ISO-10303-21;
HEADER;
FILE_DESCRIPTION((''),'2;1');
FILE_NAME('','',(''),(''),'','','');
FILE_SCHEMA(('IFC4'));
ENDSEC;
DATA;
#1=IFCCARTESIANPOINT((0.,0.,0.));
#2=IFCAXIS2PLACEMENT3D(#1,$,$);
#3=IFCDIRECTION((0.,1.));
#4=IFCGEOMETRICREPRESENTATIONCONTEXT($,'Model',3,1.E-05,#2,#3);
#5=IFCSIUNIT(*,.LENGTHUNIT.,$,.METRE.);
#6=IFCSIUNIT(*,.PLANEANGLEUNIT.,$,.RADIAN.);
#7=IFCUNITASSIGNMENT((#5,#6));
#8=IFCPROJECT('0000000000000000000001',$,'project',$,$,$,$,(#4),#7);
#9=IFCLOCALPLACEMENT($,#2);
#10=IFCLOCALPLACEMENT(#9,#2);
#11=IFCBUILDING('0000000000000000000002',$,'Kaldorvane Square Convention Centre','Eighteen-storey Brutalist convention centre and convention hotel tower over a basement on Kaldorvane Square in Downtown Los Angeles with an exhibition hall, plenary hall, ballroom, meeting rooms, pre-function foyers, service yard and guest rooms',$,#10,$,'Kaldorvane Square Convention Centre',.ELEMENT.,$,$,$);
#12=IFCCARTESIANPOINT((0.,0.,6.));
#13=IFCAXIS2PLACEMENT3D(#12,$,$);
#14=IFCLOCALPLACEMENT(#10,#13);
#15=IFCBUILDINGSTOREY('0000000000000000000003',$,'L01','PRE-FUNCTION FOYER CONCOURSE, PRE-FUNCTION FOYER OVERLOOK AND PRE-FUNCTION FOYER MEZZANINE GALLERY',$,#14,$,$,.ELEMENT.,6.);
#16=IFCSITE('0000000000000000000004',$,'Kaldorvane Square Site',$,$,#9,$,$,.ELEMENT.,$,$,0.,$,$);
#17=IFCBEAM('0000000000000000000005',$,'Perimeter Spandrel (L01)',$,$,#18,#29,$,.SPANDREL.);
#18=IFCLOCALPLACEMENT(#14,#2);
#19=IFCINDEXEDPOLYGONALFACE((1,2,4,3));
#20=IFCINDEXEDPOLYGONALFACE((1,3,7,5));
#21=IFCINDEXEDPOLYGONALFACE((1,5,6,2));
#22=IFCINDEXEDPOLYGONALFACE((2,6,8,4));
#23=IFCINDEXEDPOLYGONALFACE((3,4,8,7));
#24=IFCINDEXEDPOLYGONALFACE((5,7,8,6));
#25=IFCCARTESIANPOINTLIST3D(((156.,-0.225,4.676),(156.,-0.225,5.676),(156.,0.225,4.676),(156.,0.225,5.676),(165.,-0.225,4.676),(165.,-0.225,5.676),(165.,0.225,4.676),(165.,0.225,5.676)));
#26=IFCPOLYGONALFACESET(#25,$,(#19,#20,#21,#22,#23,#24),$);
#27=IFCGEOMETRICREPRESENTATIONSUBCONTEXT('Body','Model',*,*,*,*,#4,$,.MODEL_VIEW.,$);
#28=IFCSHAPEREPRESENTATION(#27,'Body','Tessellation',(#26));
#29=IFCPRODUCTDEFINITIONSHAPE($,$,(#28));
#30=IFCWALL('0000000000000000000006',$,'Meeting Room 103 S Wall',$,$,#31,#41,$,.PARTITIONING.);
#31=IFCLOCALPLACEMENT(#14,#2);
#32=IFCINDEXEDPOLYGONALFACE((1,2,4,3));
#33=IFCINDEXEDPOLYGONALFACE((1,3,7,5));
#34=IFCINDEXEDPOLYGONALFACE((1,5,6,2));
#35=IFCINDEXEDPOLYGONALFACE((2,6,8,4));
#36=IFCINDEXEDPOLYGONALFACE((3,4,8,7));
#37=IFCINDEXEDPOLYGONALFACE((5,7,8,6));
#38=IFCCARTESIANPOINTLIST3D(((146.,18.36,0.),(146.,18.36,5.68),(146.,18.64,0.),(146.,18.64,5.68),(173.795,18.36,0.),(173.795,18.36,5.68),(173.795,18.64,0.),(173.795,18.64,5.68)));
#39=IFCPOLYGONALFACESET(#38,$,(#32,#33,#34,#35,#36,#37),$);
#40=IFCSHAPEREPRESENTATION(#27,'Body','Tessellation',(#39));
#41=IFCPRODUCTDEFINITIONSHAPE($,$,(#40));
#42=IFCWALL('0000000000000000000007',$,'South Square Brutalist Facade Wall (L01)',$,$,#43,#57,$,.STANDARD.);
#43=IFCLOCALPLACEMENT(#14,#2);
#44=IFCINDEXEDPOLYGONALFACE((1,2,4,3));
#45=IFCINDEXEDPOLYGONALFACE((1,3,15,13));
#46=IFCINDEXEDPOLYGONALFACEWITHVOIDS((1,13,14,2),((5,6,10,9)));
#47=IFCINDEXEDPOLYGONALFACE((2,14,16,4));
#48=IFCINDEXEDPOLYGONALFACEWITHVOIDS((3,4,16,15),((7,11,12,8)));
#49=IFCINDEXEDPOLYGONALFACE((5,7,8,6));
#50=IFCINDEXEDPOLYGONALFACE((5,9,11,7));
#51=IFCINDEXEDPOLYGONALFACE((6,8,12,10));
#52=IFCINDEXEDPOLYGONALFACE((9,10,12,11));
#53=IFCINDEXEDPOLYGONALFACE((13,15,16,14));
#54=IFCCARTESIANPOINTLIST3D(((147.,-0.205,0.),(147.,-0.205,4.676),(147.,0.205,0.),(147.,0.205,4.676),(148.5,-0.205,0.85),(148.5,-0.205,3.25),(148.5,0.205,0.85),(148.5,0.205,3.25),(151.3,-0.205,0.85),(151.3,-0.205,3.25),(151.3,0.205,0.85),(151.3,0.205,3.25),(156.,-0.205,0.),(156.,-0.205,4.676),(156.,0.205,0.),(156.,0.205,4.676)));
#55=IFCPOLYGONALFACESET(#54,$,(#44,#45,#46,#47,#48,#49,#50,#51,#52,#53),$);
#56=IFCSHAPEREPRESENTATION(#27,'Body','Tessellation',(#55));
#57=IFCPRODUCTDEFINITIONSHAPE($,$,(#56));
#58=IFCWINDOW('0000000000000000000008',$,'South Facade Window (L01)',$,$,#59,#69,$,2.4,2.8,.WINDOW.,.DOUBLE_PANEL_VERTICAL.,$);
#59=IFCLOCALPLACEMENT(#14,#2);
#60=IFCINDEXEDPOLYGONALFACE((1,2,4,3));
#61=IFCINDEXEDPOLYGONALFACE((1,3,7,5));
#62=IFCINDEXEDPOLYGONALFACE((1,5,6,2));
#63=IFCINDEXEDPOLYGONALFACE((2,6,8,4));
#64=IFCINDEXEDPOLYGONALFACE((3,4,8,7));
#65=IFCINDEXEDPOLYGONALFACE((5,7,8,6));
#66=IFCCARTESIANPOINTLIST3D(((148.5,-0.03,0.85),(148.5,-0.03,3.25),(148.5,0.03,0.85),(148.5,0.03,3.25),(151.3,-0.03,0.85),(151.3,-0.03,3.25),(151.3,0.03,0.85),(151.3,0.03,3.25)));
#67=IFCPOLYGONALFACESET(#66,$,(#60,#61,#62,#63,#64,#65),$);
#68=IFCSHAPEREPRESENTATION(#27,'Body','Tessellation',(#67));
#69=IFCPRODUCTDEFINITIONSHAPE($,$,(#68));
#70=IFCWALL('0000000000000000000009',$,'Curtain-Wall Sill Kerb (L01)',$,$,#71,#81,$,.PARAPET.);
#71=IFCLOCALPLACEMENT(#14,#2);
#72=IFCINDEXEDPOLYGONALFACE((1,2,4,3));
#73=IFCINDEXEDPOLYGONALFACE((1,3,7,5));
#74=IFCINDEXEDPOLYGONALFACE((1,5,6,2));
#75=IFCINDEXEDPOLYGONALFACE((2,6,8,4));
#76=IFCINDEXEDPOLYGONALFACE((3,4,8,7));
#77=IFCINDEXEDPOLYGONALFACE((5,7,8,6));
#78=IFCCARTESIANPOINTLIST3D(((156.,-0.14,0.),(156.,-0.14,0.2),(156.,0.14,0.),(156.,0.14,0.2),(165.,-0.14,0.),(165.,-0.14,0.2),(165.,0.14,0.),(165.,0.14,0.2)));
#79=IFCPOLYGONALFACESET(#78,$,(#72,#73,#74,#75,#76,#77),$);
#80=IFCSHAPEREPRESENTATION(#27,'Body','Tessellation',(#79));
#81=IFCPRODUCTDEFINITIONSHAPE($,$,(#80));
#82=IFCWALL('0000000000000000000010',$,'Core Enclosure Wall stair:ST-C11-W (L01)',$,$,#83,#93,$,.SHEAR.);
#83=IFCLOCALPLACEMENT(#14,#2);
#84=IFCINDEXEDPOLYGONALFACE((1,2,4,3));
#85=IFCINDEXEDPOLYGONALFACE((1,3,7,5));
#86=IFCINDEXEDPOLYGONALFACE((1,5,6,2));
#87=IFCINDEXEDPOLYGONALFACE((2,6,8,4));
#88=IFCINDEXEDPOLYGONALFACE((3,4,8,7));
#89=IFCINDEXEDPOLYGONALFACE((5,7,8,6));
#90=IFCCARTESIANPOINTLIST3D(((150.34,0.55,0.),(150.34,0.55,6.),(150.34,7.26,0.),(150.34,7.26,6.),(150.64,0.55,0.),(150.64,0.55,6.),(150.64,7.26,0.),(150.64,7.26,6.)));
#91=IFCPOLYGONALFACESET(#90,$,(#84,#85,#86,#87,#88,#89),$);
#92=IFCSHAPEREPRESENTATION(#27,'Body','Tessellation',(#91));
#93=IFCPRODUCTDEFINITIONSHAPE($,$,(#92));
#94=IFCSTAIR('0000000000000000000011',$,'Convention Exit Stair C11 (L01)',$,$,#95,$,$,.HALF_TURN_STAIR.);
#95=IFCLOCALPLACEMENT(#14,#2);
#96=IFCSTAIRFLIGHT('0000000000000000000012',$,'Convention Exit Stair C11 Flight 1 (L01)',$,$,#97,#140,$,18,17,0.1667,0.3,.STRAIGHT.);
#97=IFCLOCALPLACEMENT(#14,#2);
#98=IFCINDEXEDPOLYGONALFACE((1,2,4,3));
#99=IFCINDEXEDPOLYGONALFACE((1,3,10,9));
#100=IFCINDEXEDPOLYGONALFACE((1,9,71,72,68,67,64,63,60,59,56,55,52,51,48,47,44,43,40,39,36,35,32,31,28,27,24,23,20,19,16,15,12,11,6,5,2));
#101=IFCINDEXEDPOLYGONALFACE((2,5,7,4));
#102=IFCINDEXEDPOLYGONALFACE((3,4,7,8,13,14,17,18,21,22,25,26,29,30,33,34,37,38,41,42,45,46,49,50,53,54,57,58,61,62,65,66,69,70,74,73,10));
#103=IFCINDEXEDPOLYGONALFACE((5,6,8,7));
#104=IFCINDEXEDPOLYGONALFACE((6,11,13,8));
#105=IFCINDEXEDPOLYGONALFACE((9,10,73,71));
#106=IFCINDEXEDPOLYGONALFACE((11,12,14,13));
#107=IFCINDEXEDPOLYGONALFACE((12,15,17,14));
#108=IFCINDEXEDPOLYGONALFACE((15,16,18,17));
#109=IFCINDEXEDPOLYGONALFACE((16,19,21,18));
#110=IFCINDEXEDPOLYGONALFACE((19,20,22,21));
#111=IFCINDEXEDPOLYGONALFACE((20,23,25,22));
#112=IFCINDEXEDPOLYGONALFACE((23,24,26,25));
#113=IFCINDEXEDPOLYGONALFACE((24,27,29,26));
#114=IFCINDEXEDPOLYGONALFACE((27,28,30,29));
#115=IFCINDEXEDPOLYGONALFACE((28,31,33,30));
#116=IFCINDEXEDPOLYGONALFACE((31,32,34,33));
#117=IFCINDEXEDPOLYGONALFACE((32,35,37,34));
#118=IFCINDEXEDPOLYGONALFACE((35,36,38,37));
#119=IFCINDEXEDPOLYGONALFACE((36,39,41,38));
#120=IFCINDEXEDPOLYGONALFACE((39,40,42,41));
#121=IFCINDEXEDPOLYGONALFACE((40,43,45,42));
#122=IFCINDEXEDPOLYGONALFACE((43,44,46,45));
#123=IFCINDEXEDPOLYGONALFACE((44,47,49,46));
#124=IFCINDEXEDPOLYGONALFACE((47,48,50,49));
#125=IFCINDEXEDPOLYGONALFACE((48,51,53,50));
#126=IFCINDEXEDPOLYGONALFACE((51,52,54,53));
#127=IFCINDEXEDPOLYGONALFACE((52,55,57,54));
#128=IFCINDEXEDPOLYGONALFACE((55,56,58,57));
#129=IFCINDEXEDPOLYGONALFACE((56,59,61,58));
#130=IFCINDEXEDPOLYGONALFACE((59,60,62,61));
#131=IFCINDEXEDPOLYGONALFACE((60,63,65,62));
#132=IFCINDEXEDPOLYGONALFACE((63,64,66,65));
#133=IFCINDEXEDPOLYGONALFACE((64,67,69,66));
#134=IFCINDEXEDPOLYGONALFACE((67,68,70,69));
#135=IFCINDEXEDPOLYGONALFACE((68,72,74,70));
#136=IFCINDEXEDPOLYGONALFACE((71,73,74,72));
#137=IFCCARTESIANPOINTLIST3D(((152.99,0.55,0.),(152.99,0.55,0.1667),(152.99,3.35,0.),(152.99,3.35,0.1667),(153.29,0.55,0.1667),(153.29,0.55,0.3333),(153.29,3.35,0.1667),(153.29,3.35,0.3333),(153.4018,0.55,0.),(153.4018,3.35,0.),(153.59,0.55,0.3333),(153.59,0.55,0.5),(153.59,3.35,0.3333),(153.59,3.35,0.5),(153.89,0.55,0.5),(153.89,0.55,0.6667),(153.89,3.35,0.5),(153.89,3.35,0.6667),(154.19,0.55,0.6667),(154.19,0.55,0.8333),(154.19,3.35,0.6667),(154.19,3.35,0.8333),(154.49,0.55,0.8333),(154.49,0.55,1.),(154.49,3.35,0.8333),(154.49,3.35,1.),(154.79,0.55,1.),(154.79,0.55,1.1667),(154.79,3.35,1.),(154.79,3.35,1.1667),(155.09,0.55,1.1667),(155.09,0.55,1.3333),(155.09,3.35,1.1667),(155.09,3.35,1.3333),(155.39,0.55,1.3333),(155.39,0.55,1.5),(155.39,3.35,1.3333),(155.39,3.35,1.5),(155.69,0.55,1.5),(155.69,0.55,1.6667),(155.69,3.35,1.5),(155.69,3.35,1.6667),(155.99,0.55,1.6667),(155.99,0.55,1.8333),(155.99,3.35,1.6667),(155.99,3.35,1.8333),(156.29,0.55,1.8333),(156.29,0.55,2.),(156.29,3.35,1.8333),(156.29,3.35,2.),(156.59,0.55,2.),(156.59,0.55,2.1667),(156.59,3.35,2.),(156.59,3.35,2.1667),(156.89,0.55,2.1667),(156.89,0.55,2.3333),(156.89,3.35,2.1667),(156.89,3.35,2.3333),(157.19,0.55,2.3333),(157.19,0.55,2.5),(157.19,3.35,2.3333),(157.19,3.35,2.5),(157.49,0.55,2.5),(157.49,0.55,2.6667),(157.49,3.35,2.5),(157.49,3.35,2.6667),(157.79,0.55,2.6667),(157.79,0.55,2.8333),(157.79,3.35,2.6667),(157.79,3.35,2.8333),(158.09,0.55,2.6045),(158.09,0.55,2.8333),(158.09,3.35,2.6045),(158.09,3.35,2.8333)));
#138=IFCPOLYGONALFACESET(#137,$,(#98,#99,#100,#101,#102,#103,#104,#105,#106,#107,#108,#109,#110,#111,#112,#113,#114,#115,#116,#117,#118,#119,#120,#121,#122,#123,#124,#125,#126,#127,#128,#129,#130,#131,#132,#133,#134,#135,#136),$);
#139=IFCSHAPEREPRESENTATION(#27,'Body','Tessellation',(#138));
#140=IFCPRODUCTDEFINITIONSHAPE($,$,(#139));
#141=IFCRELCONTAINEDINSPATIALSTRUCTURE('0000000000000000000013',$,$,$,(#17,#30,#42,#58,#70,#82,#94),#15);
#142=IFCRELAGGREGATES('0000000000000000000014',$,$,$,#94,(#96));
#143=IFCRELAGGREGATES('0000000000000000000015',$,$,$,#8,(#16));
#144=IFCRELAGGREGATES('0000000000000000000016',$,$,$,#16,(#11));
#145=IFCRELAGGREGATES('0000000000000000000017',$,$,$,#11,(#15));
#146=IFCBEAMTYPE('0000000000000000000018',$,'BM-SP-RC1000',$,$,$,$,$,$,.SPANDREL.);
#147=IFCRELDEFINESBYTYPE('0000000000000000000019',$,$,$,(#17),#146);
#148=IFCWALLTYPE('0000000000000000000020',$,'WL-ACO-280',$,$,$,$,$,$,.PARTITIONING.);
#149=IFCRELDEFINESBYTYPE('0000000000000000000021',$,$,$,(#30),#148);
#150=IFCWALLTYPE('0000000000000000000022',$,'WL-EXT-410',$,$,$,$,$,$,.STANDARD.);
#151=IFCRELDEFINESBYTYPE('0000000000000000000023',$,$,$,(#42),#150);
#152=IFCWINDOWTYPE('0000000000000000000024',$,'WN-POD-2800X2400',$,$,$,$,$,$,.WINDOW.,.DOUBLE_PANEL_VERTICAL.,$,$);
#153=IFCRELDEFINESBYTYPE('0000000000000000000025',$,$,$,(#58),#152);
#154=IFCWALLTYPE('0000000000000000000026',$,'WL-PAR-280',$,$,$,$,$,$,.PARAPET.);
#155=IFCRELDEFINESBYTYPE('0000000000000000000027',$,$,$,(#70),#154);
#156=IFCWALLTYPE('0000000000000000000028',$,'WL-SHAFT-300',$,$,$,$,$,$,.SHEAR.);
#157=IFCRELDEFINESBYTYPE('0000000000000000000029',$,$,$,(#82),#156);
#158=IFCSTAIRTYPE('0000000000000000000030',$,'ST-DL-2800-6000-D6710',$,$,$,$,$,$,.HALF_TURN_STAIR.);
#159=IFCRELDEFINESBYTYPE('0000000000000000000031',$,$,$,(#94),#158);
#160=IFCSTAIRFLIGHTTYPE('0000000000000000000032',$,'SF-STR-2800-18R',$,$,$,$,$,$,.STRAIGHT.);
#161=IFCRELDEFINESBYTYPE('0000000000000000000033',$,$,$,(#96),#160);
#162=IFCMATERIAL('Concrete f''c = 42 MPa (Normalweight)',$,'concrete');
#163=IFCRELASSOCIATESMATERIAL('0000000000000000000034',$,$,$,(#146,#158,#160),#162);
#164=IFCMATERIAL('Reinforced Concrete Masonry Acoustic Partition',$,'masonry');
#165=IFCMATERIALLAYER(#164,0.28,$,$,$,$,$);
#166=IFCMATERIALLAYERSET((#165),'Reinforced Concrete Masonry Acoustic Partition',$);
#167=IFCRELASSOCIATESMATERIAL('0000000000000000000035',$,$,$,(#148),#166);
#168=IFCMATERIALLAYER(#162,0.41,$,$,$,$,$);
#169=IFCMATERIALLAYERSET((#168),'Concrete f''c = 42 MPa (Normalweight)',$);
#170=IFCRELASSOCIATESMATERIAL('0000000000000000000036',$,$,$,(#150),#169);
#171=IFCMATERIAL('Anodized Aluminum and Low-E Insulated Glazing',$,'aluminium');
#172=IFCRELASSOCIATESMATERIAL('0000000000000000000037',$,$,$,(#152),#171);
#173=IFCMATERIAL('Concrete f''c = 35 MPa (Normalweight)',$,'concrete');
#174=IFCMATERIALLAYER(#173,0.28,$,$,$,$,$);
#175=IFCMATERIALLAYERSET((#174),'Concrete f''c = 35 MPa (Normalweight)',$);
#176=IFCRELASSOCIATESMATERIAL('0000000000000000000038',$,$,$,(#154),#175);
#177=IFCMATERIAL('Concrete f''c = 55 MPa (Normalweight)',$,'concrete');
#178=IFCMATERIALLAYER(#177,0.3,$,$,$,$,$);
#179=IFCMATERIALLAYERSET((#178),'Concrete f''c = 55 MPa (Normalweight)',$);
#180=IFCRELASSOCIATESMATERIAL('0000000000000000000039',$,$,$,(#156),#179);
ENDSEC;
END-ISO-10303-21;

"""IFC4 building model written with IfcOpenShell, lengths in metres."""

from ifc_helpers import new_model, si_unit, direction, frame, frame_2d, origin, origin_2d, place, context, subcontext, project, spatial, polyline, rectangle, outline, extrude, material, layer, layer_set, material_profile, profile_set, type_object, element, fill, aggregate, save


model = new_model("IFC4")

# Units and contexts
model_context = context("Model", 3, precision=1e-05, world=origin(), true_north=direction((0.0, 1.0)))
body_context = subcontext(model_context, "Body", "Model", "MODEL_VIEW")
ifc_project = project(units=[si_unit("LENGTHUNIT", "METRE"), si_unit("PLANEANGLEUNIT", "RADIAN")], contexts=[model_context])

# Site, building, storey
site_placement = place(None, origin())
site = spatial("IfcSite", under=ifc_project, at=site_placement, Name="Kaldorvane Square Site", CompositionType="ELEMENT", RefElevation=0.0)
building_placement = place(site_placement, origin())
building = spatial("IfcBuilding", under=site, at=building_placement, Name="Kaldorvane Square Convention Centre", Description="Eighteen-storey Brutalist convention centre and convention hotel tower over a basement on Kaldorvane Square in Downtown Los Angeles with an exhibition hall, plenary hall, ballroom, meeting rooms, pre-function foyers, service yard and guest rooms", LongName="Kaldorvane Square Convention Centre", CompositionType="ELEMENT")
storey_placement = place(building_placement, frame((0.0, 0.0, 6.0)))
storey = spatial("IfcBuildingStorey", under=building, at=storey_placement, Name="L01", Description="PRE-FUNCTION FOYER CONCOURSE, PRE-FUNCTION FOYER OVERLOOK AND PRE-FUNCTION FOYER MEZZANINE GALLERY", CompositionType="ELEMENT", Elevation=6.0)

# Beam
ifc_material_1 = material(Name="Concrete f'c = 42 MPa (Normalweight)", Category="concrete")
ifc_material_profile_1 = material_profile(ifc_material_1, rectangle(XDim=0.45, YDim=1.0, at=origin_2d()), Name="RCSP1000X450")
ifc_profile_set_1 = profile_set([ifc_material_profile_1], Name="Concrete f'c = 42 MPa (Normalweight)")
beam_type_1 = type_object("IfcBeamType", Name="BM-SP-RC1000", PredefinedType="SPANDREL", material=ifc_profile_set_1)
for number, where, z_axis, x_axis, name in (
    (1, (156.0, 0.0, 5.176), (1.0, 0.0, 0.0), (0.0, 1.0, 0.0), "Perimeter Spandrel (L01)"),
):
    element("IfcBeam", number, at=place(storey_placement, frame(where, z_axis=z_axis, x_axis=x_axis)), inside=storey, type_object=beam_type_1, Name=name, PredefinedType="SPANDREL", context=body_context, shape_type="SweptSolid", body=[
        extrude(rectangle(XDim=0.45, YDim=1.0, at=origin_2d()), origin(), (0.0, 0.0, 1.0), 9.0),
    ])

# Wall
ifc_material_2 = material(Name="Reinforced Concrete Masonry Acoustic Partition", Category="masonry")
ifc_layer_1 = layer(ifc_material_2, 0.28)
ifc_layer_set_1 = layer_set([ifc_layer_1], Name="Reinforced Concrete Masonry Acoustic Partition")
wall_type_1 = type_object("IfcWallType", Name="WL-ACO-280", PredefinedType="PARTITIONING", material=ifc_layer_set_1)
wall_1_placement = place(storey_placement, frame((146.0, 18.5, 0.0), z_axis=(0.0, 0.0, 1.0), x_axis=(1.0, 0.0, 0.0)))
element("IfcWall", 2, at=wall_1_placement, inside=storey, type_object=wall_type_1, Name="Meeting Room 103 S Wall", PredefinedType="PARTITIONING", context=body_context, shape_type="SweptSolid", body=[
    extrude(rectangle(XDim=27.795, YDim=0.28, at=frame_2d((13.8975, 0.0))), origin(), (0.0, 0.0, 1.0), 5.68),
])

# Wall, opening, window
ifc_layer_2 = layer(ifc_material_1, 0.41)
ifc_layer_set_2 = layer_set([ifc_layer_2], Name="Concrete f'c = 42 MPa (Normalweight)")
wall_type_2 = type_object("IfcWallType", Name="WL-EXT-410", PredefinedType="STANDARD", material=ifc_layer_set_2)
wall_2_placement = place(storey_placement, frame((147.0, 0.0, 0.0), z_axis=(0.0, 0.0, 1.0), x_axis=(1.0, 0.0, 0.0)))
wall_2 = element("IfcWall", 3, at=wall_2_placement, inside=storey, type_object=wall_type_2, Name="South Square Brutalist Facade Wall (L01)", PredefinedType="STANDARD", context=body_context, shape_type="SweptSolid", body=[
    extrude(rectangle(XDim=9.0, YDim=0.41, at=frame_2d((4.5, 0.0))), origin(), (0.0, 0.0, 1.0), 4.676),
])
opening_placement = place(wall_2_placement, frame((1.5, 0.0, 0.85)))
opening = element("IfcOpeningElement", 4, at=opening_placement, cuts=wall_2, PredefinedType="OPENING", context=body_context, shape_type="SweptSolid", body=[
    extrude(rectangle(XDim=2.8, YDim=2.4, at=frame_2d((1.4, 1.2))), frame((0.0, 0.22, 0.0), z_axis=(0.0, -1.0, 0.0), x_axis=(1.0, 0.0, 0.0)), (0.0, 0.0, 1.0), 0.44),
])
ifc_material_3 = material(Name="Anodized Aluminum and Low-E Insulated Glazing", Category="aluminium")
window_type = type_object("IfcWindowType", Name="WN-POD-2800X2400", PartitioningType="DOUBLE_PANEL_VERTICAL", PredefinedType="WINDOW", material=ifc_material_3)
window_placement = place(opening_placement, origin())
window = element("IfcWindow", 5, at=window_placement, inside=storey, type_object=window_type, Name="South Facade Window (L01)", OverallHeight=2.4, OverallWidth=2.8, PartitioningType="DOUBLE_PANEL_VERTICAL", PredefinedType="WINDOW", context=body_context, shape_type="SweptSolid", body=[
    extrude(rectangle(XDim=2.8, YDim=2.4, at=frame_2d((1.4, 1.2))), frame((0.0, 0.03, 0.0), z_axis=(0.0, -1.0, 0.0), x_axis=(1.0, 0.0, 0.0)), (0.0, 0.0, 1.0), 0.06),
])
fill(opening, window)

# Walls
ifc_material_4 = material(Name="Concrete f'c = 35 MPa (Normalweight)", Category="concrete")
ifc_layer_3 = layer(ifc_material_4, 0.28)
ifc_layer_set_3 = layer_set([ifc_layer_3], Name="Concrete f'c = 35 MPa (Normalweight)")
wall_type_3 = type_object("IfcWallType", Name="WL-PAR-280", PredefinedType="PARAPET", material=ifc_layer_set_3)
wall_3_placement = place(storey_placement, frame((156.0, 0.0, 0.0), z_axis=(0.0, 0.0, 1.0), x_axis=(1.0, 0.0, 0.0)))
element("IfcWall", 6, at=wall_3_placement, inside=storey, type_object=wall_type_3, Name="Curtain-Wall Sill Kerb (L01)", PredefinedType="PARAPET", context=body_context, shape_type="SweptSolid", body=[
    extrude(rectangle(XDim=9.0, YDim=0.28, at=frame_2d((4.5, 0.0))), origin(), (0.0, 0.0, 1.0), 0.2),
])
ifc_material_5 = material(Name="Concrete f'c = 55 MPa (Normalweight)", Category="concrete")
ifc_layer_4 = layer(ifc_material_5, 0.3)
ifc_layer_set_4 = layer_set([ifc_layer_4], Name="Concrete f'c = 55 MPa (Normalweight)")
wall_type_4 = type_object("IfcWallType", Name="WL-SHAFT-300", PredefinedType="SHEAR", material=ifc_layer_set_4)
wall_4_placement = place(storey_placement, frame((150.49, 7.26, 0.0), z_axis=(0.0, 0.0, 1.0), x_axis=(0.0, -1.0, 0.0)))
element("IfcWall", 7, at=wall_4_placement, inside=storey, type_object=wall_type_4, Name="Core Enclosure Wall stair:ST-C11-W (L01)", PredefinedType="SHEAR", context=body_context, shape_type="SweptSolid", body=[
    extrude(rectangle(XDim=6.71, YDim=0.3, at=frame_2d((3.355, 0.0))), origin(), (0.0, 0.0, 1.0), 6.0),
])

# Stair, stair flight
stair_type = type_object("IfcStairType", Name="ST-DL-2800-6000-D6710", PredefinedType="HALF_TURN_STAIR", material=ifc_material_1)
stair_placement = place(storey_placement, origin())
stair = element("IfcStair", 8, at=stair_placement, inside=storey, type_object=stair_type, Name="Convention Exit Stair C11 (L01)", PredefinedType="HALF_TURN_STAIR")
stair_flight_type = type_object("IfcStairFlightType", Name="SF-STR-2800-18R", PredefinedType="STRAIGHT", material=ifc_material_1)
stair_flight_placement = place(storey_placement, frame((152.99, 1.95, 0.0), z_axis=(0.0, 0.0, 1.0), x_axis=(1.0, 0.0, 0.0)))
stair_flight = element("IfcStairFlight", 9, at=stair_flight_placement, type_object=stair_flight_type, Name="Convention Exit Stair C11 Flight 1 (L01)", NumberOfRisers=18, NumberOfTreads=17, PredefinedType="STRAIGHT", RiserHeight=0.1667, TreadLength=0.3, context=body_context, shape_type="SweptSolid", body=[
    extrude(outline(polyline([(0.0, 0.0), (0.0, 0.1667), (0.3, 0.1667), (0.3, 0.3333), (0.6, 0.3333), (0.6, 0.5), (0.9, 0.5), (0.9, 0.6667), (1.2, 0.6667), (1.2, 0.8333), (1.5, 0.8333), (1.5, 1.0), (1.8, 1.0), (1.8, 1.1667), (2.1, 1.1667), (2.1, 1.3333), (2.4, 1.3333), (2.4, 1.5), (2.7, 1.5), (2.7, 1.6667), (3.0, 1.6667), (3.0, 1.8333), (3.3, 1.8333), (3.3, 2.0), (3.6, 2.0), (3.6, 2.1667), (3.9, 2.1667), (3.9, 2.3333), (4.2, 2.3333), (4.2, 2.5), (4.5, 2.5), (4.5, 2.6667), (4.8, 2.6667), (4.8, 2.8333), (5.1, 2.8333), (5.1, 3.0), (5.1, 2.6045), (0.4118, 0.0), (0.0, 0.0)])), frame((0.0, 1.4, 0.0), z_axis=(0.0, -1.0, 0.0), x_axis=(1.0, 0.0, 0.0)), (0.0, 0.0, 1.0), 2.8),
])
aggregate(stair, [stair_flight])

save(model, "model.ifc")
